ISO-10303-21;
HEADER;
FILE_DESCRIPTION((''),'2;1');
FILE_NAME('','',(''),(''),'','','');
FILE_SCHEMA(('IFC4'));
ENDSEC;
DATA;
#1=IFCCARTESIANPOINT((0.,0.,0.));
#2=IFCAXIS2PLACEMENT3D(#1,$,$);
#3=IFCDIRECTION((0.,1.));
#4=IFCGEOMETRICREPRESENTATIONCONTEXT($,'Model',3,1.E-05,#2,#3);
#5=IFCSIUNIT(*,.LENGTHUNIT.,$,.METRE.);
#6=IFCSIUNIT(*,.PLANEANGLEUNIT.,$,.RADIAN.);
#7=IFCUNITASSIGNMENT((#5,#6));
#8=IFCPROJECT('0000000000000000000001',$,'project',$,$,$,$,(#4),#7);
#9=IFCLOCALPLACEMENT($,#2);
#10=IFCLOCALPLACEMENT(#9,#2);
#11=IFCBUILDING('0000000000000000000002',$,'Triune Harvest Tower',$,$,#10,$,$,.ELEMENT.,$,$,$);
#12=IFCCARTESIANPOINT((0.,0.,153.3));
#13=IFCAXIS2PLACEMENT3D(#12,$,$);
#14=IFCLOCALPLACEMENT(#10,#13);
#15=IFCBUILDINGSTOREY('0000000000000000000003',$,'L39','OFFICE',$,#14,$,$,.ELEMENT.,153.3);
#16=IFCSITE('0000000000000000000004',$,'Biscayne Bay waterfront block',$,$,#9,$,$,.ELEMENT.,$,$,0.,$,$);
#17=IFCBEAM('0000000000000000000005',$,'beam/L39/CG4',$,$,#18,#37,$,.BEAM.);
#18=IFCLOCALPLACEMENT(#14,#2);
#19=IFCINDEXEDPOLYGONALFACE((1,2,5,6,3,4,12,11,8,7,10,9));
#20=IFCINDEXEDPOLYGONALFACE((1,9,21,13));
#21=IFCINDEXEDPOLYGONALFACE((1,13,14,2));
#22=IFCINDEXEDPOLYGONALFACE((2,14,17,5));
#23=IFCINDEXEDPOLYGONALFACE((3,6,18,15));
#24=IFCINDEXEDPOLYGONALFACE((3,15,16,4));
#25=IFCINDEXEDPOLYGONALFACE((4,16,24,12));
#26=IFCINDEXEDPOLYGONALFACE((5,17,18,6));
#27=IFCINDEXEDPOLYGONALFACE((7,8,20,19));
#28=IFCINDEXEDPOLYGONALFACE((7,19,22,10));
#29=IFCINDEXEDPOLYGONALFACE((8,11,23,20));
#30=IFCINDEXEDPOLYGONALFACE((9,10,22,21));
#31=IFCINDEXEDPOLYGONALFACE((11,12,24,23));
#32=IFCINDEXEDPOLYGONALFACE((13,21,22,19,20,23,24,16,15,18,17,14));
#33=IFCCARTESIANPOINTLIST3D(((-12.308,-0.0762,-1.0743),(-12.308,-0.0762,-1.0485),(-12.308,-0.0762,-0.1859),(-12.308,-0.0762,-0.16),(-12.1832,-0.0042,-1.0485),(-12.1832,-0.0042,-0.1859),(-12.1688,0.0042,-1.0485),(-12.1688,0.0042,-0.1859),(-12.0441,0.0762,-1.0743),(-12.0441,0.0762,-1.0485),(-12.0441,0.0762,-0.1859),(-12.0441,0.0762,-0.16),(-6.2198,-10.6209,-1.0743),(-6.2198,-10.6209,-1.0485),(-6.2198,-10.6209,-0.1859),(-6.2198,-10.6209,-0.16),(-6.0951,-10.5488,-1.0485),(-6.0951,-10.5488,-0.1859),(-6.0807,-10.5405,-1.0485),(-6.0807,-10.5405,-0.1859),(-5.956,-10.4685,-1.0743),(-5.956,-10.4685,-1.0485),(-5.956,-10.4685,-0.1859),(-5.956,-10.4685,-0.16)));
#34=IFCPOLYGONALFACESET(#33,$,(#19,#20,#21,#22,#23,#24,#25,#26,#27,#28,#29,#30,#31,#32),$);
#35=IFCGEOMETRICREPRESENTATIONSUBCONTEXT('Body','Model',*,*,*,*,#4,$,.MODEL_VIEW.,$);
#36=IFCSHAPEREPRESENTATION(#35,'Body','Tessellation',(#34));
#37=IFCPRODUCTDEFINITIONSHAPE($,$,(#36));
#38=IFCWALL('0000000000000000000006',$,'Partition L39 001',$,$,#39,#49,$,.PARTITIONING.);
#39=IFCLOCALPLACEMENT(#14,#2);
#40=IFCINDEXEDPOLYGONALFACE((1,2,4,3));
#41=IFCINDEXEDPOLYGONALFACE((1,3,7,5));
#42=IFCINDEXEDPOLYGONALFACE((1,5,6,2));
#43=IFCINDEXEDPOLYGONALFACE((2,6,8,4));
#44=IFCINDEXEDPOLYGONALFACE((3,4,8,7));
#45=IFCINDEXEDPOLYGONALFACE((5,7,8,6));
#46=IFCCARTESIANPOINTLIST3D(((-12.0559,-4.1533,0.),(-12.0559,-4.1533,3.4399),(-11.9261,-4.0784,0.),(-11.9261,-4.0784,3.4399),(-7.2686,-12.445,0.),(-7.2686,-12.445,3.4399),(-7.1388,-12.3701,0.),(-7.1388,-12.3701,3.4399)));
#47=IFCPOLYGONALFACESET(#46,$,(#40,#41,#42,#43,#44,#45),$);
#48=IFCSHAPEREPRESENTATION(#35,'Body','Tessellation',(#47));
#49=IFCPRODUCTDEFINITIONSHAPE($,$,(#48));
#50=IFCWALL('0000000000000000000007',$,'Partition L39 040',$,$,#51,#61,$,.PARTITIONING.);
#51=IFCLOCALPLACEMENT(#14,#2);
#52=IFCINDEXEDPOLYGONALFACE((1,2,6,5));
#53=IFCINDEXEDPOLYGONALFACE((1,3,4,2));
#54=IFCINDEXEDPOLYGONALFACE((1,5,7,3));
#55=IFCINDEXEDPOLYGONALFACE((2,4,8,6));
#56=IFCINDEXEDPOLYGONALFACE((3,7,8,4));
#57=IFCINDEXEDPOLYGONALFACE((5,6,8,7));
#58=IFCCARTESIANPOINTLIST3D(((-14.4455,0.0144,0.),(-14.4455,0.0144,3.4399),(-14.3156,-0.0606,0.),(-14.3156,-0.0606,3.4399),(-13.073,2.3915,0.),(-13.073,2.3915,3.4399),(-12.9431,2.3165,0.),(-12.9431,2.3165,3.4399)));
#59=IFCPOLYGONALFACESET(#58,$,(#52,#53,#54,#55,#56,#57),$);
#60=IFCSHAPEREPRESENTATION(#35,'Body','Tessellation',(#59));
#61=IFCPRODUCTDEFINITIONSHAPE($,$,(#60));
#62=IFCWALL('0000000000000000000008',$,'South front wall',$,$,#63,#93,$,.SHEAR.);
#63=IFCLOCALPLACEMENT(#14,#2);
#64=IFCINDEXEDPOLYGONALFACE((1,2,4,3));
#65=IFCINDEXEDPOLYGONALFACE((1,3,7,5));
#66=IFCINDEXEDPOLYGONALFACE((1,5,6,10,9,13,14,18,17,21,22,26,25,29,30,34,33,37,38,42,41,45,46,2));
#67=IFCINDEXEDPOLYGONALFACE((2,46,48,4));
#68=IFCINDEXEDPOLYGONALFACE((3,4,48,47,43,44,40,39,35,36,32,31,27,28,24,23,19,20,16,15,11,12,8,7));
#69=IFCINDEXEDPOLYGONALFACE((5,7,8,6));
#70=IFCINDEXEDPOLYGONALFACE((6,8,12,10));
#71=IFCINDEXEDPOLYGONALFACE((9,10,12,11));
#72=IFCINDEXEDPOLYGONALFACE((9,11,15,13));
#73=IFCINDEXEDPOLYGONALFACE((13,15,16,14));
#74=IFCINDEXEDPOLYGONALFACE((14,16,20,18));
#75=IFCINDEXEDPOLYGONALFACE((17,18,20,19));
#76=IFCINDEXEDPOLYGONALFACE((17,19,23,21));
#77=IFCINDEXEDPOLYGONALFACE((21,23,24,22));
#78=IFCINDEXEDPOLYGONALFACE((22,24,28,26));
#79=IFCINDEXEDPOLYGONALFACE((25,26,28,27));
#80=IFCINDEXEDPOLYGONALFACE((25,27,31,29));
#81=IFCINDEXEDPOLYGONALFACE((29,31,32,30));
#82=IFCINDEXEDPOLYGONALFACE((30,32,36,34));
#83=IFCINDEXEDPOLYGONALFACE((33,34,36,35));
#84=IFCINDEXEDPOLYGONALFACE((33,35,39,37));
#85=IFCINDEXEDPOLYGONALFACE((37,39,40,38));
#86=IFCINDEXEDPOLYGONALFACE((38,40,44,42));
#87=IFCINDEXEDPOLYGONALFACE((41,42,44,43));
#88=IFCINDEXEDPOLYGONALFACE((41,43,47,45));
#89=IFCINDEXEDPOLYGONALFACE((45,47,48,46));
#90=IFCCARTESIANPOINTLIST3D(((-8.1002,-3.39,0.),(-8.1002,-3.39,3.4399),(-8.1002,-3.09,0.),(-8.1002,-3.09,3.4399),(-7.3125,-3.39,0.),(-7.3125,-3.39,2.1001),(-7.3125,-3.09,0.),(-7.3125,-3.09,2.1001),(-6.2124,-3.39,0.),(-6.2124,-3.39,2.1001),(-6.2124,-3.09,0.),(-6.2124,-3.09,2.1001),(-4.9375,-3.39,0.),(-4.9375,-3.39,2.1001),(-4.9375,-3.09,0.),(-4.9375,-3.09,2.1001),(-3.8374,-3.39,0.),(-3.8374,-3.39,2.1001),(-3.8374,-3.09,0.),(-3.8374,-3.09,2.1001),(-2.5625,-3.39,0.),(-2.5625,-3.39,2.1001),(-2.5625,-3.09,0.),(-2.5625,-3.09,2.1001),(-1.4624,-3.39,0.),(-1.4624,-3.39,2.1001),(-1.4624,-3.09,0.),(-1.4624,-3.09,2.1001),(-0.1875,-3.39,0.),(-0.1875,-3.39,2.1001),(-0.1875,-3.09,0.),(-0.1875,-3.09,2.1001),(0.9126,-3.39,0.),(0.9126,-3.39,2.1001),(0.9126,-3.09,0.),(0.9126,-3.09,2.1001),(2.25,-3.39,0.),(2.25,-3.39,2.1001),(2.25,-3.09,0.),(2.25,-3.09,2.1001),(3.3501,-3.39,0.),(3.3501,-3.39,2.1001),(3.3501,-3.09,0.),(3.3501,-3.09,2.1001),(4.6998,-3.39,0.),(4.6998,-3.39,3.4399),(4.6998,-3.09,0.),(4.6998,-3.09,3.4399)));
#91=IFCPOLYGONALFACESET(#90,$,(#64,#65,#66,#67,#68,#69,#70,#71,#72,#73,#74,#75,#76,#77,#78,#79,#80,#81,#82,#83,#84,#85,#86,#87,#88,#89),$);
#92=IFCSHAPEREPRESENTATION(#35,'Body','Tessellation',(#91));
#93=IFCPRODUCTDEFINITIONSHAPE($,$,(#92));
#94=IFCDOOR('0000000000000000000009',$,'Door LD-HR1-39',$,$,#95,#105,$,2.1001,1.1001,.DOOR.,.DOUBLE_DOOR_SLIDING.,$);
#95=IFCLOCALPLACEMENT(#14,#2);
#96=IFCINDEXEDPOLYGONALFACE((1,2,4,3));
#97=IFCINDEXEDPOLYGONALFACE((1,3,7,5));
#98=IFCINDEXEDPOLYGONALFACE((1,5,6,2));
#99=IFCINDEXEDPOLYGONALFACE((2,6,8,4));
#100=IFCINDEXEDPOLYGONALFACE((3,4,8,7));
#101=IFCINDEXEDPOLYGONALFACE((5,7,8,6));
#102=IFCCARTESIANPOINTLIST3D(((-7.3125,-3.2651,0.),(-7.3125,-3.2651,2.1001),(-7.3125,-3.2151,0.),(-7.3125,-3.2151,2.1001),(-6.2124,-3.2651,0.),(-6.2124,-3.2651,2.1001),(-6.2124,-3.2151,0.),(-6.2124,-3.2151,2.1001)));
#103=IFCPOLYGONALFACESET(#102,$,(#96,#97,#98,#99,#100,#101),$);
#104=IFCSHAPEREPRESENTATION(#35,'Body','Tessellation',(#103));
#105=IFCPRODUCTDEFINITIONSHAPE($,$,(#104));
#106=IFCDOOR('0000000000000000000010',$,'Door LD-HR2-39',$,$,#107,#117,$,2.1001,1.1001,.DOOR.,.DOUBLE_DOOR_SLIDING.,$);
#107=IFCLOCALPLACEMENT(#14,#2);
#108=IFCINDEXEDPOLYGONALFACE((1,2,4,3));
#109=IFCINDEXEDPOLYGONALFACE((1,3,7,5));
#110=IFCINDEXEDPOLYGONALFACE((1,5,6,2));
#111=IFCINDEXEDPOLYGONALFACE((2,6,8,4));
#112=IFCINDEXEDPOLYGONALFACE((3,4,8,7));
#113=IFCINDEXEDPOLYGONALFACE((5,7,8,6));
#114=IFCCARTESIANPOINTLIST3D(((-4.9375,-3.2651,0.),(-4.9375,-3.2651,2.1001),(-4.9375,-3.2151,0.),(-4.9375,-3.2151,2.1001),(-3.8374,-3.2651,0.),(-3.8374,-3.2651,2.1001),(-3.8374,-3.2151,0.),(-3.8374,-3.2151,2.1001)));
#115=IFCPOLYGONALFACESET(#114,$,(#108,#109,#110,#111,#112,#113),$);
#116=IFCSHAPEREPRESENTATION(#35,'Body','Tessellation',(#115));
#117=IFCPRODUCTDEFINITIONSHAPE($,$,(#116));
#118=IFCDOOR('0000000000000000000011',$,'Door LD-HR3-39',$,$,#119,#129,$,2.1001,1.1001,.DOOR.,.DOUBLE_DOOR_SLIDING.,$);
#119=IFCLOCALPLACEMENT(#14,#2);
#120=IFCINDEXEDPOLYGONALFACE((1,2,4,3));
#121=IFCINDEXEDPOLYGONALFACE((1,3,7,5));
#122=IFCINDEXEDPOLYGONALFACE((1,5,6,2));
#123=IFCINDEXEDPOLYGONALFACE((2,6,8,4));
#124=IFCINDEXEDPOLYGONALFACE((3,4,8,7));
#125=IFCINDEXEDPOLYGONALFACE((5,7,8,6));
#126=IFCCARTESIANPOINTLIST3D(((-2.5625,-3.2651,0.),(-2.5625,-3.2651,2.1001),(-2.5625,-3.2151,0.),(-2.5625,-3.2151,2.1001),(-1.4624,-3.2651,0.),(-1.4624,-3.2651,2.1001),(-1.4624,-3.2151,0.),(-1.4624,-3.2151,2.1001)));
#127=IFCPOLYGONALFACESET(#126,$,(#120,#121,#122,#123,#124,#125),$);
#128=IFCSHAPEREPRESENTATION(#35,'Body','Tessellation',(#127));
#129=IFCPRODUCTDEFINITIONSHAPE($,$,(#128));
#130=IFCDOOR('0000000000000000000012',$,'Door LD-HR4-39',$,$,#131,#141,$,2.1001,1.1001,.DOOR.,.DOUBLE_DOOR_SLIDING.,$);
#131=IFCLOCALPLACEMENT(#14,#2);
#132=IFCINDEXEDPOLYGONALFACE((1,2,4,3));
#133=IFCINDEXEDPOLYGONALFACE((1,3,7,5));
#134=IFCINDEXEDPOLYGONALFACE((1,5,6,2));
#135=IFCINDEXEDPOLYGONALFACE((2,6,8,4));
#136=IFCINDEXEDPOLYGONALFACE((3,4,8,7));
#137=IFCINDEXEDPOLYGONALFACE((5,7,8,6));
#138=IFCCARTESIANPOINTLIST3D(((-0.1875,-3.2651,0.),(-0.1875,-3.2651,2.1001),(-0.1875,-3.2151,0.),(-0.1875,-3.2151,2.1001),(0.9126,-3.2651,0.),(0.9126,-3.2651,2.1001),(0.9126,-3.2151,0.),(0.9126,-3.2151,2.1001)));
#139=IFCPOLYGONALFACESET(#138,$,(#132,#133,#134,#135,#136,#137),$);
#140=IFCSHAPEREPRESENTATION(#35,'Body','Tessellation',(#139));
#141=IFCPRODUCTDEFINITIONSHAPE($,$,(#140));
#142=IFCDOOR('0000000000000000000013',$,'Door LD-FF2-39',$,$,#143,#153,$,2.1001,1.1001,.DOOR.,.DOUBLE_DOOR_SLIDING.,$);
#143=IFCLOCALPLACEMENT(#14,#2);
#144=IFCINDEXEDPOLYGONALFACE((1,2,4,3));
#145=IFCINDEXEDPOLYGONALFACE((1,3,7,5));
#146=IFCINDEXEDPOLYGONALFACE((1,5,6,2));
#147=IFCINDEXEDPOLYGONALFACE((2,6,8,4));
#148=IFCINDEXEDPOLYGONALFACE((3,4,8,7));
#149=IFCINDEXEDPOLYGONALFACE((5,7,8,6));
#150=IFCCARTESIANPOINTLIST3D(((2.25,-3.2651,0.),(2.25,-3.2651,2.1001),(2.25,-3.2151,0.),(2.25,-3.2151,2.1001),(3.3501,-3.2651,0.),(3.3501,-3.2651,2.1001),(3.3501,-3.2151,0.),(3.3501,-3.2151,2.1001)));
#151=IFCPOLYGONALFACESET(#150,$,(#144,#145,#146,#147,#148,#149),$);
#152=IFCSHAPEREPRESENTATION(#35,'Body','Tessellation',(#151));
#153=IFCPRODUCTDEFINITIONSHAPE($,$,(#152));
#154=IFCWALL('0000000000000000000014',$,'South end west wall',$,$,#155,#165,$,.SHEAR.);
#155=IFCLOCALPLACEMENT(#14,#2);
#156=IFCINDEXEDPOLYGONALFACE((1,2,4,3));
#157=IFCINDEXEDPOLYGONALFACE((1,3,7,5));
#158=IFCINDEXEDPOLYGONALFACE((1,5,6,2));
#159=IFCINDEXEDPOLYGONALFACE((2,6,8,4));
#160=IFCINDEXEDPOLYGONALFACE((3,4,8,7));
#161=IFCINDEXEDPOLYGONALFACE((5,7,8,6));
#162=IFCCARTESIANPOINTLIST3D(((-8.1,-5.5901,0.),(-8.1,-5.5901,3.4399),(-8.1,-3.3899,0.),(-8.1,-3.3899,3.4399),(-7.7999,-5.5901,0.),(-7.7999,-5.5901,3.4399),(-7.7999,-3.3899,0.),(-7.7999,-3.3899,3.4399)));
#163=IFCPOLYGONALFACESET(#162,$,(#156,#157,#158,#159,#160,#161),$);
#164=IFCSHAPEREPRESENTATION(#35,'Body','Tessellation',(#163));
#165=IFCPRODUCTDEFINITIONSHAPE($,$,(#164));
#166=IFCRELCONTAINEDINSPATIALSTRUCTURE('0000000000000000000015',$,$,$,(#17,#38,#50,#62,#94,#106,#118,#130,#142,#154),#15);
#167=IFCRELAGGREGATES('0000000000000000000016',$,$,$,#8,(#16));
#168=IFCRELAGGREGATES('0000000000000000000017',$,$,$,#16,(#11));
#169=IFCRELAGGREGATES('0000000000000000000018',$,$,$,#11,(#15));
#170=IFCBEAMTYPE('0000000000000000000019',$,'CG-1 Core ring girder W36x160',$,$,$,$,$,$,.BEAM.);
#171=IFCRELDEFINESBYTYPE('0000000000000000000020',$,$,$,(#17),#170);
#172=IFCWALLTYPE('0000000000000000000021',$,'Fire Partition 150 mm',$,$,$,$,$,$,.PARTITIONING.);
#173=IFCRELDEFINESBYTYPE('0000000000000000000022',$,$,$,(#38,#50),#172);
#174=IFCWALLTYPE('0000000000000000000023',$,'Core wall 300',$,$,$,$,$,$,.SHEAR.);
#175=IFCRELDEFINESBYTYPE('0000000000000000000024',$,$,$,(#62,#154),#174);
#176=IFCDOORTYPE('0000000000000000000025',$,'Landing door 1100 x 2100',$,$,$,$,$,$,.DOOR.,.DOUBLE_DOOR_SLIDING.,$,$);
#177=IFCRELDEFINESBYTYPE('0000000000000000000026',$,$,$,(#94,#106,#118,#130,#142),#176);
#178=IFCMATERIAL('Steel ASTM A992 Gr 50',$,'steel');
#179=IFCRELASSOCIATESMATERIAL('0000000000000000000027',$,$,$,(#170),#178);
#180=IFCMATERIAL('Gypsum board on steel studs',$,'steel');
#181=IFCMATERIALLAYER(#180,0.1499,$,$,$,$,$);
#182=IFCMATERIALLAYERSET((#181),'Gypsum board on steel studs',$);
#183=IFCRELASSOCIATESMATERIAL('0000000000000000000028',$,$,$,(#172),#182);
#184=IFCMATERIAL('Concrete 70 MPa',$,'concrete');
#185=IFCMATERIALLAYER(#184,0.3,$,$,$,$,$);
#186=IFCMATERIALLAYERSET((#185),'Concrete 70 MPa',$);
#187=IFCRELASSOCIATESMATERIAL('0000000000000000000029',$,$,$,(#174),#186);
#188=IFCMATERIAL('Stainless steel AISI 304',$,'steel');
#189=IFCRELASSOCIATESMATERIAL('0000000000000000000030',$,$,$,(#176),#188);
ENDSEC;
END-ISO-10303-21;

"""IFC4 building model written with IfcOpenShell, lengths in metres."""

from ifc_helpers import new_model, si_unit, direction, frame, frame_2d, origin, origin_2d, place, context, subcontext, project, spatial, rectangle, i_section, extrude, source, transform, mapped, material, layer, layer_set, material_profile, profile_set, type_object, element, fill, save


model = new_model("IFC4")

# Units and contexts
model_context = context("Model", 3, precision=1e-05, world=origin(), true_north=direction((0.0, 1.0)))
body_context = subcontext(model_context, "Body", "Model", "MODEL_VIEW")
ifc_project = project(units=[si_unit("LENGTHUNIT", "METRE"), si_unit("PLANEANGLEUNIT", "RADIAN")], contexts=[model_context])

# Site, building, storey
site_placement = place(None, origin())
site = spatial("IfcSite", under=ifc_project, at=site_placement, Name="Biscayne Bay waterfront block", CompositionType="ELEMENT", RefElevation=0.0)
building_placement = place(site_placement, origin())
building = spatial("IfcBuilding", under=site, at=building_placement, Name="Triune Harvest Tower", CompositionType="ELEMENT")
storey_placement = place(building_placement, frame((0.0, 0.0, 153.3)))
storey = spatial("IfcBuildingStorey", under=building, at=storey_placement, Name="L39", Description="OFFICE", CompositionType="ELEMENT", Elevation=153.3)

# Beam
ifc_material_1 = material(Name="Steel ASTM A992 Gr 50", Category="steel")
ifc_material_profile = material_profile(ifc_material_1, i_section(OverallWidth=0.3047, OverallDepth=0.9143, WebThickness=0.0166, FlangeThickness=0.0259, at=origin_2d()), Name="W36x160")
ifc_profile_set = profile_set([ifc_material_profile], Name="Steel ASTM A992 Gr 50")
beam_type = type_object("IfcBeamType", Name="CG-1 Core ring girder W36x160", PredefinedType="BEAM", material=ifc_profile_set)
shared_shape_1 = source(origin(), body_context, "Body", "SweptSolid", [
    extrude(i_section(OverallWidth=0.3047, OverallDepth=0.9143, WebThickness=0.0166, FlangeThickness=0.0259, at=origin_2d()), origin(), (0.0, 0.0, 1.0), 12.176),
])
beam_placement = place(storey_placement, frame((-12.176, 0.0, -0.6172), z_axis=(0.50001, -0.86602, 0.0), x_axis=(0.86602, 0.50001, 0.0)))
element("IfcBeam", 1, at=beam_placement, inside=storey, type_object=beam_type, Name="beam/L39/CG4", PredefinedType="BEAM", context=body_context, shape_type="MappedRepresentation", body=[
    mapped(shared_shape_1, transform((0.0, 0.0, 0.0), scale=1.0)),
])

# Walls
ifc_material_2 = material(Name="Gypsum board on steel studs", Category="steel")
ifc_layer_1 = layer(ifc_material_2, 0.1499)
ifc_layer_set_1 = layer_set([ifc_layer_1], Name="Gypsum board on steel studs")
wall_type_1 = type_object("IfcWallType", Name="Fire Partition 150 mm", PredefinedType="PARTITIONING", material=ifc_layer_set_1)
wall_1_placement = place(storey_placement, frame((-11.991, -4.116, 0.0), z_axis=(0.0, 0.0, 1.0), x_axis=(0.500009, -0.86602, 0.0)))
element("IfcWall", 2, at=wall_1_placement, inside=storey, type_object=wall_type_1, Name="Partition L39 001", PredefinedType="PARTITIONING", context=body_context, shape_type="SweptSolid", body=[
    extrude(rectangle(XDim=9.5745, YDim=0.1499, at=frame_2d((4.7871, 0.0))), origin(), (0.0, 0.0, 1.0), 3.4399),
])
wall_2_placement = place(storey_placement, frame((-14.3806, -0.0232, 0.0), z_axis=(0.0, 0.0, 1.0), x_axis=(0.500023, 0.866012, 0.0)))
element("IfcWall", 3, at=wall_2_placement, inside=storey, type_object=wall_type_1, Name="Partition L39 040", PredefinedType="PARTITIONING", context=body_context, shape_type="SweptSolid", body=[
    extrude(rectangle(XDim=2.7449, YDim=0.1499, at=frame_2d((1.3726, 0.0))), origin(), (0.0, 0.0, 1.0), 3.4399),
])

# Wall, openings, doors
ifc_material_3 = material(Name="Concrete 70 MPa", Category="concrete")
ifc_layer_2 = layer(ifc_material_3, 0.3)
ifc_layer_set_2 = layer_set([ifc_layer_2], Name="Concrete 70 MPa")
wall_type_2 = type_object("IfcWallType", Name="Core wall 300", PredefinedType="SHEAR", material=ifc_layer_set_2)
shared_shape_2 = source(origin(), body_context, "Body", "SweptSolid", [
    extrude(rectangle(XDim=12.8, YDim=0.3, at=frame_2d((6.3999, 0.0))), origin(), (0.0, 0.0, 1.0), 3.4399),
])
wall_3_placement = place(storey_placement, frame((-8.1001, -3.24, 0.0), z_axis=(0.0, 0.0, 1.0), x_axis=(1.0, 0.0, 0.0)))
wall_3 = element("IfcWall", 4, at=wall_3_placement, inside=storey, type_object=wall_type_2, Name="South front wall", PredefinedType="SHEAR", context=body_context, shape_type="MappedRepresentation", body=[
    mapped(shared_shape_2, transform((0.0, 0.0, 0.0), scale=1.0)),
])
opening_1_placement = place(wall_3_placement, frame((0.7876, 0.0, 0.0)))
opening_1 = element("IfcOpeningElement", 5, at=opening_1_placement, cuts=wall_3, PredefinedType="OPENING", context=body_context, shape_type="SweptSolid", body=[
    extrude(rectangle(XDim=1.1001, YDim=2.1001, at=frame_2d((0.55, 1.05))), frame((0.0, 0.1602, 0.0), z_axis=(0.0, -1.0, 0.0), x_axis=(1.0, 0.0, 0.0)), (0.0, 0.0, 1.0), 0.3201),
])
opening_2_placement = place(wall_3_placement, frame((3.1626, 0.0, 0.0)))
opening_2 = element("IfcOpeningElement", 6, at=opening_2_placement, cuts=wall_3, PredefinedType="OPENING", context=body_context, shape_type="SweptSolid", body=[
    extrude(rectangle(XDim=1.1001, YDim=2.1001, at=frame_2d((0.55, 1.05))), frame((0.0, 0.1602, 0.0), z_axis=(0.0, -1.0, 0.0), x_axis=(1.0, 0.0, 0.0)), (0.0, 0.0, 1.0), 0.3201),
])
opening_3_placement = place(wall_3_placement, frame((5.5376, 0.0, 0.0)))
opening_3 = element("IfcOpeningElement", 7, at=opening_3_placement, cuts=wall_3, PredefinedType="OPENING", context=body_context, shape_type="SweptSolid", body=[
    extrude(rectangle(XDim=1.1001, YDim=2.1001, at=frame_2d((0.55, 1.05))), frame((0.0, 0.1602, 0.0), z_axis=(0.0, -1.0, 0.0), x_axis=(1.0, 0.0, 0.0)), (0.0, 0.0, 1.0), 0.3201),
])
opening_4_placement = place(wall_3_placement, frame((7.9126, 0.0, 0.0)))
opening_4 = element("IfcOpeningElement", 8, at=opening_4_placement, cuts=wall_3, PredefinedType="OPENING", context=body_context, shape_type="SweptSolid", body=[
    extrude(rectangle(XDim=1.1001, YDim=2.1001, at=frame_2d((0.55, 1.05))), frame((0.0, 0.1602, 0.0), z_axis=(0.0, -1.0, 0.0), x_axis=(1.0, 0.0, 0.0)), (0.0, 0.0, 1.0), 0.3201),
])
opening_5_placement = place(wall_3_placement, frame((10.3501, 0.0, 0.0)))
opening_5 = element("IfcOpeningElement", 9, at=opening_5_placement, cuts=wall_3, PredefinedType="OPENING", context=body_context, shape_type="SweptSolid", body=[
    extrude(rectangle(XDim=1.1001, YDim=2.1001, at=frame_2d((0.55, 1.05))), frame((0.0, 0.1602, 0.0), z_axis=(0.0, -1.0, 0.0), x_axis=(1.0, 0.0, 0.0)), (0.0, 0.0, 1.0), 0.3201),
])
ifc_material_4 = material(Name="Stainless steel AISI 304", Category="steel")
door_type = type_object("IfcDoorType", Name="Landing door 1100 x 2100", OperationType="DOUBLE_DOOR_SLIDING", PredefinedType="DOOR", material=ifc_material_4)
door_1_placement = place(opening_1_placement, origin())
door_1 = element("IfcDoor", 10, at=door_1_placement, inside=storey, type_object=door_type, Name="Door LD-HR1-39", OperationType="DOUBLE_DOOR_SLIDING", OverallHeight=2.1001, OverallWidth=1.1001, PredefinedType="DOOR", context=body_context, shape_type="SweptSolid", body=[
    extrude(rectangle(XDim=1.1001, YDim=2.1001, at=frame_2d((0.55, 1.05))), frame((0.0, 0.0249, 0.0), z_axis=(0.0, -1.0, 0.0), x_axis=(1.0, 0.0, 0.0)), (0.0, 0.0, 1.0), 0.05),
])
fill(opening_1, door_1)
door_2_placement = place(opening_2_placement, origin())
door_2 = element("IfcDoor", 11, at=door_2_placement, inside=storey, type_object=door_type, Name="Door LD-HR2-39", OperationType="DOUBLE_DOOR_SLIDING", OverallHeight=2.1001, OverallWidth=1.1001, PredefinedType="DOOR", context=body_context, shape_type="SweptSolid", body=[
    extrude(rectangle(XDim=1.1001, YDim=2.1001, at=frame_2d((0.55, 1.05))), frame((0.0, 0.0249, 0.0), z_axis=(0.0, -1.0, 0.0), x_axis=(1.0, 0.0, 0.0)), (0.0, 0.0, 1.0), 0.05),
])
fill(opening_2, door_2)
door_3_placement = place(opening_3_placement, origin())
door_3 = element("IfcDoor", 12, at=door_3_placement, inside=storey, type_object=door_type, Name="Door LD-HR3-39", OperationType="DOUBLE_DOOR_SLIDING", OverallHeight=2.1001, OverallWidth=1.1001, PredefinedType="DOOR", context=body_context, shape_type="SweptSolid", body=[
    extrude(rectangle(XDim=1.1001, YDim=2.1001, at=frame_2d((0.55, 1.05))), frame((0.0, 0.0249, 0.0), z_axis=(0.0, -1.0, 0.0), x_axis=(1.0, 0.0, 0.0)), (0.0, 0.0, 1.0), 0.05),
])
fill(opening_3, door_3)
door_4_placement = place(opening_4_placement, origin())
door_4 = element("IfcDoor", 13, at=door_4_placement, inside=storey, type_object=door_type, Name="Door LD-HR4-39", OperationType="DOUBLE_DOOR_SLIDING", OverallHeight=2.1001, OverallWidth=1.1001, PredefinedType="DOOR", context=body_context, shape_type="SweptSolid", body=[
    extrude(rectangle(XDim=1.1001, YDim=2.1001, at=frame_2d((0.55, 1.05))), frame((0.0, 0.0249, 0.0), z_axis=(0.0, -1.0, 0.0), x_axis=(1.0, 0.0, 0.0)), (0.0, 0.0, 1.0), 0.05),
])
fill(opening_4, door_4)
door_5_placement = place(opening_5_placement, origin())
door_5 = element("IfcDoor", 14, at=door_5_placement, inside=storey, type_object=door_type, Name="Door LD-FF2-39", OperationType="DOUBLE_DOOR_SLIDING", OverallHeight=2.1001, OverallWidth=1.1001, PredefinedType="DOOR", context=body_context, shape_type="SweptSolid", body=[
    extrude(rectangle(XDim=1.1001, YDim=2.1001, at=frame_2d((0.55, 1.05))), frame((0.0, 0.0249, 0.0), z_axis=(0.0, -1.0, 0.0), x_axis=(1.0, 0.0, 0.0)), (0.0, 0.0, 1.0), 0.05),
])
fill(opening_5, door_5)

# Wall
shared_shape_3 = source(origin(), body_context, "Body", "SweptSolid", [
    extrude(rectangle(XDim=2.2002, YDim=0.3, at=frame_2d((1.1001, 0.0))), origin(), (0.0, 0.0, 1.0), 3.4399),
])
for number, where, z_axis, x_axis, name in (
    (15, (-7.95, -5.5901, 0.0), (0.0, 0.0, 1.0), (0.0, 1.0, 0.0), "South end west wall"),
):
    element("IfcWall", number, at=place(storey_placement, frame(where, z_axis=z_axis, x_axis=x_axis)), inside=storey, type_object=wall_type_2, Name=name, PredefinedType="SHEAR", context=body_context, shape_type="MappedRepresentation", body=[
        mapped(shared_shape_3, transform((0.0, 0.0, 0.0), scale=1.0)),
    ])

save(model, "model.ifc")
